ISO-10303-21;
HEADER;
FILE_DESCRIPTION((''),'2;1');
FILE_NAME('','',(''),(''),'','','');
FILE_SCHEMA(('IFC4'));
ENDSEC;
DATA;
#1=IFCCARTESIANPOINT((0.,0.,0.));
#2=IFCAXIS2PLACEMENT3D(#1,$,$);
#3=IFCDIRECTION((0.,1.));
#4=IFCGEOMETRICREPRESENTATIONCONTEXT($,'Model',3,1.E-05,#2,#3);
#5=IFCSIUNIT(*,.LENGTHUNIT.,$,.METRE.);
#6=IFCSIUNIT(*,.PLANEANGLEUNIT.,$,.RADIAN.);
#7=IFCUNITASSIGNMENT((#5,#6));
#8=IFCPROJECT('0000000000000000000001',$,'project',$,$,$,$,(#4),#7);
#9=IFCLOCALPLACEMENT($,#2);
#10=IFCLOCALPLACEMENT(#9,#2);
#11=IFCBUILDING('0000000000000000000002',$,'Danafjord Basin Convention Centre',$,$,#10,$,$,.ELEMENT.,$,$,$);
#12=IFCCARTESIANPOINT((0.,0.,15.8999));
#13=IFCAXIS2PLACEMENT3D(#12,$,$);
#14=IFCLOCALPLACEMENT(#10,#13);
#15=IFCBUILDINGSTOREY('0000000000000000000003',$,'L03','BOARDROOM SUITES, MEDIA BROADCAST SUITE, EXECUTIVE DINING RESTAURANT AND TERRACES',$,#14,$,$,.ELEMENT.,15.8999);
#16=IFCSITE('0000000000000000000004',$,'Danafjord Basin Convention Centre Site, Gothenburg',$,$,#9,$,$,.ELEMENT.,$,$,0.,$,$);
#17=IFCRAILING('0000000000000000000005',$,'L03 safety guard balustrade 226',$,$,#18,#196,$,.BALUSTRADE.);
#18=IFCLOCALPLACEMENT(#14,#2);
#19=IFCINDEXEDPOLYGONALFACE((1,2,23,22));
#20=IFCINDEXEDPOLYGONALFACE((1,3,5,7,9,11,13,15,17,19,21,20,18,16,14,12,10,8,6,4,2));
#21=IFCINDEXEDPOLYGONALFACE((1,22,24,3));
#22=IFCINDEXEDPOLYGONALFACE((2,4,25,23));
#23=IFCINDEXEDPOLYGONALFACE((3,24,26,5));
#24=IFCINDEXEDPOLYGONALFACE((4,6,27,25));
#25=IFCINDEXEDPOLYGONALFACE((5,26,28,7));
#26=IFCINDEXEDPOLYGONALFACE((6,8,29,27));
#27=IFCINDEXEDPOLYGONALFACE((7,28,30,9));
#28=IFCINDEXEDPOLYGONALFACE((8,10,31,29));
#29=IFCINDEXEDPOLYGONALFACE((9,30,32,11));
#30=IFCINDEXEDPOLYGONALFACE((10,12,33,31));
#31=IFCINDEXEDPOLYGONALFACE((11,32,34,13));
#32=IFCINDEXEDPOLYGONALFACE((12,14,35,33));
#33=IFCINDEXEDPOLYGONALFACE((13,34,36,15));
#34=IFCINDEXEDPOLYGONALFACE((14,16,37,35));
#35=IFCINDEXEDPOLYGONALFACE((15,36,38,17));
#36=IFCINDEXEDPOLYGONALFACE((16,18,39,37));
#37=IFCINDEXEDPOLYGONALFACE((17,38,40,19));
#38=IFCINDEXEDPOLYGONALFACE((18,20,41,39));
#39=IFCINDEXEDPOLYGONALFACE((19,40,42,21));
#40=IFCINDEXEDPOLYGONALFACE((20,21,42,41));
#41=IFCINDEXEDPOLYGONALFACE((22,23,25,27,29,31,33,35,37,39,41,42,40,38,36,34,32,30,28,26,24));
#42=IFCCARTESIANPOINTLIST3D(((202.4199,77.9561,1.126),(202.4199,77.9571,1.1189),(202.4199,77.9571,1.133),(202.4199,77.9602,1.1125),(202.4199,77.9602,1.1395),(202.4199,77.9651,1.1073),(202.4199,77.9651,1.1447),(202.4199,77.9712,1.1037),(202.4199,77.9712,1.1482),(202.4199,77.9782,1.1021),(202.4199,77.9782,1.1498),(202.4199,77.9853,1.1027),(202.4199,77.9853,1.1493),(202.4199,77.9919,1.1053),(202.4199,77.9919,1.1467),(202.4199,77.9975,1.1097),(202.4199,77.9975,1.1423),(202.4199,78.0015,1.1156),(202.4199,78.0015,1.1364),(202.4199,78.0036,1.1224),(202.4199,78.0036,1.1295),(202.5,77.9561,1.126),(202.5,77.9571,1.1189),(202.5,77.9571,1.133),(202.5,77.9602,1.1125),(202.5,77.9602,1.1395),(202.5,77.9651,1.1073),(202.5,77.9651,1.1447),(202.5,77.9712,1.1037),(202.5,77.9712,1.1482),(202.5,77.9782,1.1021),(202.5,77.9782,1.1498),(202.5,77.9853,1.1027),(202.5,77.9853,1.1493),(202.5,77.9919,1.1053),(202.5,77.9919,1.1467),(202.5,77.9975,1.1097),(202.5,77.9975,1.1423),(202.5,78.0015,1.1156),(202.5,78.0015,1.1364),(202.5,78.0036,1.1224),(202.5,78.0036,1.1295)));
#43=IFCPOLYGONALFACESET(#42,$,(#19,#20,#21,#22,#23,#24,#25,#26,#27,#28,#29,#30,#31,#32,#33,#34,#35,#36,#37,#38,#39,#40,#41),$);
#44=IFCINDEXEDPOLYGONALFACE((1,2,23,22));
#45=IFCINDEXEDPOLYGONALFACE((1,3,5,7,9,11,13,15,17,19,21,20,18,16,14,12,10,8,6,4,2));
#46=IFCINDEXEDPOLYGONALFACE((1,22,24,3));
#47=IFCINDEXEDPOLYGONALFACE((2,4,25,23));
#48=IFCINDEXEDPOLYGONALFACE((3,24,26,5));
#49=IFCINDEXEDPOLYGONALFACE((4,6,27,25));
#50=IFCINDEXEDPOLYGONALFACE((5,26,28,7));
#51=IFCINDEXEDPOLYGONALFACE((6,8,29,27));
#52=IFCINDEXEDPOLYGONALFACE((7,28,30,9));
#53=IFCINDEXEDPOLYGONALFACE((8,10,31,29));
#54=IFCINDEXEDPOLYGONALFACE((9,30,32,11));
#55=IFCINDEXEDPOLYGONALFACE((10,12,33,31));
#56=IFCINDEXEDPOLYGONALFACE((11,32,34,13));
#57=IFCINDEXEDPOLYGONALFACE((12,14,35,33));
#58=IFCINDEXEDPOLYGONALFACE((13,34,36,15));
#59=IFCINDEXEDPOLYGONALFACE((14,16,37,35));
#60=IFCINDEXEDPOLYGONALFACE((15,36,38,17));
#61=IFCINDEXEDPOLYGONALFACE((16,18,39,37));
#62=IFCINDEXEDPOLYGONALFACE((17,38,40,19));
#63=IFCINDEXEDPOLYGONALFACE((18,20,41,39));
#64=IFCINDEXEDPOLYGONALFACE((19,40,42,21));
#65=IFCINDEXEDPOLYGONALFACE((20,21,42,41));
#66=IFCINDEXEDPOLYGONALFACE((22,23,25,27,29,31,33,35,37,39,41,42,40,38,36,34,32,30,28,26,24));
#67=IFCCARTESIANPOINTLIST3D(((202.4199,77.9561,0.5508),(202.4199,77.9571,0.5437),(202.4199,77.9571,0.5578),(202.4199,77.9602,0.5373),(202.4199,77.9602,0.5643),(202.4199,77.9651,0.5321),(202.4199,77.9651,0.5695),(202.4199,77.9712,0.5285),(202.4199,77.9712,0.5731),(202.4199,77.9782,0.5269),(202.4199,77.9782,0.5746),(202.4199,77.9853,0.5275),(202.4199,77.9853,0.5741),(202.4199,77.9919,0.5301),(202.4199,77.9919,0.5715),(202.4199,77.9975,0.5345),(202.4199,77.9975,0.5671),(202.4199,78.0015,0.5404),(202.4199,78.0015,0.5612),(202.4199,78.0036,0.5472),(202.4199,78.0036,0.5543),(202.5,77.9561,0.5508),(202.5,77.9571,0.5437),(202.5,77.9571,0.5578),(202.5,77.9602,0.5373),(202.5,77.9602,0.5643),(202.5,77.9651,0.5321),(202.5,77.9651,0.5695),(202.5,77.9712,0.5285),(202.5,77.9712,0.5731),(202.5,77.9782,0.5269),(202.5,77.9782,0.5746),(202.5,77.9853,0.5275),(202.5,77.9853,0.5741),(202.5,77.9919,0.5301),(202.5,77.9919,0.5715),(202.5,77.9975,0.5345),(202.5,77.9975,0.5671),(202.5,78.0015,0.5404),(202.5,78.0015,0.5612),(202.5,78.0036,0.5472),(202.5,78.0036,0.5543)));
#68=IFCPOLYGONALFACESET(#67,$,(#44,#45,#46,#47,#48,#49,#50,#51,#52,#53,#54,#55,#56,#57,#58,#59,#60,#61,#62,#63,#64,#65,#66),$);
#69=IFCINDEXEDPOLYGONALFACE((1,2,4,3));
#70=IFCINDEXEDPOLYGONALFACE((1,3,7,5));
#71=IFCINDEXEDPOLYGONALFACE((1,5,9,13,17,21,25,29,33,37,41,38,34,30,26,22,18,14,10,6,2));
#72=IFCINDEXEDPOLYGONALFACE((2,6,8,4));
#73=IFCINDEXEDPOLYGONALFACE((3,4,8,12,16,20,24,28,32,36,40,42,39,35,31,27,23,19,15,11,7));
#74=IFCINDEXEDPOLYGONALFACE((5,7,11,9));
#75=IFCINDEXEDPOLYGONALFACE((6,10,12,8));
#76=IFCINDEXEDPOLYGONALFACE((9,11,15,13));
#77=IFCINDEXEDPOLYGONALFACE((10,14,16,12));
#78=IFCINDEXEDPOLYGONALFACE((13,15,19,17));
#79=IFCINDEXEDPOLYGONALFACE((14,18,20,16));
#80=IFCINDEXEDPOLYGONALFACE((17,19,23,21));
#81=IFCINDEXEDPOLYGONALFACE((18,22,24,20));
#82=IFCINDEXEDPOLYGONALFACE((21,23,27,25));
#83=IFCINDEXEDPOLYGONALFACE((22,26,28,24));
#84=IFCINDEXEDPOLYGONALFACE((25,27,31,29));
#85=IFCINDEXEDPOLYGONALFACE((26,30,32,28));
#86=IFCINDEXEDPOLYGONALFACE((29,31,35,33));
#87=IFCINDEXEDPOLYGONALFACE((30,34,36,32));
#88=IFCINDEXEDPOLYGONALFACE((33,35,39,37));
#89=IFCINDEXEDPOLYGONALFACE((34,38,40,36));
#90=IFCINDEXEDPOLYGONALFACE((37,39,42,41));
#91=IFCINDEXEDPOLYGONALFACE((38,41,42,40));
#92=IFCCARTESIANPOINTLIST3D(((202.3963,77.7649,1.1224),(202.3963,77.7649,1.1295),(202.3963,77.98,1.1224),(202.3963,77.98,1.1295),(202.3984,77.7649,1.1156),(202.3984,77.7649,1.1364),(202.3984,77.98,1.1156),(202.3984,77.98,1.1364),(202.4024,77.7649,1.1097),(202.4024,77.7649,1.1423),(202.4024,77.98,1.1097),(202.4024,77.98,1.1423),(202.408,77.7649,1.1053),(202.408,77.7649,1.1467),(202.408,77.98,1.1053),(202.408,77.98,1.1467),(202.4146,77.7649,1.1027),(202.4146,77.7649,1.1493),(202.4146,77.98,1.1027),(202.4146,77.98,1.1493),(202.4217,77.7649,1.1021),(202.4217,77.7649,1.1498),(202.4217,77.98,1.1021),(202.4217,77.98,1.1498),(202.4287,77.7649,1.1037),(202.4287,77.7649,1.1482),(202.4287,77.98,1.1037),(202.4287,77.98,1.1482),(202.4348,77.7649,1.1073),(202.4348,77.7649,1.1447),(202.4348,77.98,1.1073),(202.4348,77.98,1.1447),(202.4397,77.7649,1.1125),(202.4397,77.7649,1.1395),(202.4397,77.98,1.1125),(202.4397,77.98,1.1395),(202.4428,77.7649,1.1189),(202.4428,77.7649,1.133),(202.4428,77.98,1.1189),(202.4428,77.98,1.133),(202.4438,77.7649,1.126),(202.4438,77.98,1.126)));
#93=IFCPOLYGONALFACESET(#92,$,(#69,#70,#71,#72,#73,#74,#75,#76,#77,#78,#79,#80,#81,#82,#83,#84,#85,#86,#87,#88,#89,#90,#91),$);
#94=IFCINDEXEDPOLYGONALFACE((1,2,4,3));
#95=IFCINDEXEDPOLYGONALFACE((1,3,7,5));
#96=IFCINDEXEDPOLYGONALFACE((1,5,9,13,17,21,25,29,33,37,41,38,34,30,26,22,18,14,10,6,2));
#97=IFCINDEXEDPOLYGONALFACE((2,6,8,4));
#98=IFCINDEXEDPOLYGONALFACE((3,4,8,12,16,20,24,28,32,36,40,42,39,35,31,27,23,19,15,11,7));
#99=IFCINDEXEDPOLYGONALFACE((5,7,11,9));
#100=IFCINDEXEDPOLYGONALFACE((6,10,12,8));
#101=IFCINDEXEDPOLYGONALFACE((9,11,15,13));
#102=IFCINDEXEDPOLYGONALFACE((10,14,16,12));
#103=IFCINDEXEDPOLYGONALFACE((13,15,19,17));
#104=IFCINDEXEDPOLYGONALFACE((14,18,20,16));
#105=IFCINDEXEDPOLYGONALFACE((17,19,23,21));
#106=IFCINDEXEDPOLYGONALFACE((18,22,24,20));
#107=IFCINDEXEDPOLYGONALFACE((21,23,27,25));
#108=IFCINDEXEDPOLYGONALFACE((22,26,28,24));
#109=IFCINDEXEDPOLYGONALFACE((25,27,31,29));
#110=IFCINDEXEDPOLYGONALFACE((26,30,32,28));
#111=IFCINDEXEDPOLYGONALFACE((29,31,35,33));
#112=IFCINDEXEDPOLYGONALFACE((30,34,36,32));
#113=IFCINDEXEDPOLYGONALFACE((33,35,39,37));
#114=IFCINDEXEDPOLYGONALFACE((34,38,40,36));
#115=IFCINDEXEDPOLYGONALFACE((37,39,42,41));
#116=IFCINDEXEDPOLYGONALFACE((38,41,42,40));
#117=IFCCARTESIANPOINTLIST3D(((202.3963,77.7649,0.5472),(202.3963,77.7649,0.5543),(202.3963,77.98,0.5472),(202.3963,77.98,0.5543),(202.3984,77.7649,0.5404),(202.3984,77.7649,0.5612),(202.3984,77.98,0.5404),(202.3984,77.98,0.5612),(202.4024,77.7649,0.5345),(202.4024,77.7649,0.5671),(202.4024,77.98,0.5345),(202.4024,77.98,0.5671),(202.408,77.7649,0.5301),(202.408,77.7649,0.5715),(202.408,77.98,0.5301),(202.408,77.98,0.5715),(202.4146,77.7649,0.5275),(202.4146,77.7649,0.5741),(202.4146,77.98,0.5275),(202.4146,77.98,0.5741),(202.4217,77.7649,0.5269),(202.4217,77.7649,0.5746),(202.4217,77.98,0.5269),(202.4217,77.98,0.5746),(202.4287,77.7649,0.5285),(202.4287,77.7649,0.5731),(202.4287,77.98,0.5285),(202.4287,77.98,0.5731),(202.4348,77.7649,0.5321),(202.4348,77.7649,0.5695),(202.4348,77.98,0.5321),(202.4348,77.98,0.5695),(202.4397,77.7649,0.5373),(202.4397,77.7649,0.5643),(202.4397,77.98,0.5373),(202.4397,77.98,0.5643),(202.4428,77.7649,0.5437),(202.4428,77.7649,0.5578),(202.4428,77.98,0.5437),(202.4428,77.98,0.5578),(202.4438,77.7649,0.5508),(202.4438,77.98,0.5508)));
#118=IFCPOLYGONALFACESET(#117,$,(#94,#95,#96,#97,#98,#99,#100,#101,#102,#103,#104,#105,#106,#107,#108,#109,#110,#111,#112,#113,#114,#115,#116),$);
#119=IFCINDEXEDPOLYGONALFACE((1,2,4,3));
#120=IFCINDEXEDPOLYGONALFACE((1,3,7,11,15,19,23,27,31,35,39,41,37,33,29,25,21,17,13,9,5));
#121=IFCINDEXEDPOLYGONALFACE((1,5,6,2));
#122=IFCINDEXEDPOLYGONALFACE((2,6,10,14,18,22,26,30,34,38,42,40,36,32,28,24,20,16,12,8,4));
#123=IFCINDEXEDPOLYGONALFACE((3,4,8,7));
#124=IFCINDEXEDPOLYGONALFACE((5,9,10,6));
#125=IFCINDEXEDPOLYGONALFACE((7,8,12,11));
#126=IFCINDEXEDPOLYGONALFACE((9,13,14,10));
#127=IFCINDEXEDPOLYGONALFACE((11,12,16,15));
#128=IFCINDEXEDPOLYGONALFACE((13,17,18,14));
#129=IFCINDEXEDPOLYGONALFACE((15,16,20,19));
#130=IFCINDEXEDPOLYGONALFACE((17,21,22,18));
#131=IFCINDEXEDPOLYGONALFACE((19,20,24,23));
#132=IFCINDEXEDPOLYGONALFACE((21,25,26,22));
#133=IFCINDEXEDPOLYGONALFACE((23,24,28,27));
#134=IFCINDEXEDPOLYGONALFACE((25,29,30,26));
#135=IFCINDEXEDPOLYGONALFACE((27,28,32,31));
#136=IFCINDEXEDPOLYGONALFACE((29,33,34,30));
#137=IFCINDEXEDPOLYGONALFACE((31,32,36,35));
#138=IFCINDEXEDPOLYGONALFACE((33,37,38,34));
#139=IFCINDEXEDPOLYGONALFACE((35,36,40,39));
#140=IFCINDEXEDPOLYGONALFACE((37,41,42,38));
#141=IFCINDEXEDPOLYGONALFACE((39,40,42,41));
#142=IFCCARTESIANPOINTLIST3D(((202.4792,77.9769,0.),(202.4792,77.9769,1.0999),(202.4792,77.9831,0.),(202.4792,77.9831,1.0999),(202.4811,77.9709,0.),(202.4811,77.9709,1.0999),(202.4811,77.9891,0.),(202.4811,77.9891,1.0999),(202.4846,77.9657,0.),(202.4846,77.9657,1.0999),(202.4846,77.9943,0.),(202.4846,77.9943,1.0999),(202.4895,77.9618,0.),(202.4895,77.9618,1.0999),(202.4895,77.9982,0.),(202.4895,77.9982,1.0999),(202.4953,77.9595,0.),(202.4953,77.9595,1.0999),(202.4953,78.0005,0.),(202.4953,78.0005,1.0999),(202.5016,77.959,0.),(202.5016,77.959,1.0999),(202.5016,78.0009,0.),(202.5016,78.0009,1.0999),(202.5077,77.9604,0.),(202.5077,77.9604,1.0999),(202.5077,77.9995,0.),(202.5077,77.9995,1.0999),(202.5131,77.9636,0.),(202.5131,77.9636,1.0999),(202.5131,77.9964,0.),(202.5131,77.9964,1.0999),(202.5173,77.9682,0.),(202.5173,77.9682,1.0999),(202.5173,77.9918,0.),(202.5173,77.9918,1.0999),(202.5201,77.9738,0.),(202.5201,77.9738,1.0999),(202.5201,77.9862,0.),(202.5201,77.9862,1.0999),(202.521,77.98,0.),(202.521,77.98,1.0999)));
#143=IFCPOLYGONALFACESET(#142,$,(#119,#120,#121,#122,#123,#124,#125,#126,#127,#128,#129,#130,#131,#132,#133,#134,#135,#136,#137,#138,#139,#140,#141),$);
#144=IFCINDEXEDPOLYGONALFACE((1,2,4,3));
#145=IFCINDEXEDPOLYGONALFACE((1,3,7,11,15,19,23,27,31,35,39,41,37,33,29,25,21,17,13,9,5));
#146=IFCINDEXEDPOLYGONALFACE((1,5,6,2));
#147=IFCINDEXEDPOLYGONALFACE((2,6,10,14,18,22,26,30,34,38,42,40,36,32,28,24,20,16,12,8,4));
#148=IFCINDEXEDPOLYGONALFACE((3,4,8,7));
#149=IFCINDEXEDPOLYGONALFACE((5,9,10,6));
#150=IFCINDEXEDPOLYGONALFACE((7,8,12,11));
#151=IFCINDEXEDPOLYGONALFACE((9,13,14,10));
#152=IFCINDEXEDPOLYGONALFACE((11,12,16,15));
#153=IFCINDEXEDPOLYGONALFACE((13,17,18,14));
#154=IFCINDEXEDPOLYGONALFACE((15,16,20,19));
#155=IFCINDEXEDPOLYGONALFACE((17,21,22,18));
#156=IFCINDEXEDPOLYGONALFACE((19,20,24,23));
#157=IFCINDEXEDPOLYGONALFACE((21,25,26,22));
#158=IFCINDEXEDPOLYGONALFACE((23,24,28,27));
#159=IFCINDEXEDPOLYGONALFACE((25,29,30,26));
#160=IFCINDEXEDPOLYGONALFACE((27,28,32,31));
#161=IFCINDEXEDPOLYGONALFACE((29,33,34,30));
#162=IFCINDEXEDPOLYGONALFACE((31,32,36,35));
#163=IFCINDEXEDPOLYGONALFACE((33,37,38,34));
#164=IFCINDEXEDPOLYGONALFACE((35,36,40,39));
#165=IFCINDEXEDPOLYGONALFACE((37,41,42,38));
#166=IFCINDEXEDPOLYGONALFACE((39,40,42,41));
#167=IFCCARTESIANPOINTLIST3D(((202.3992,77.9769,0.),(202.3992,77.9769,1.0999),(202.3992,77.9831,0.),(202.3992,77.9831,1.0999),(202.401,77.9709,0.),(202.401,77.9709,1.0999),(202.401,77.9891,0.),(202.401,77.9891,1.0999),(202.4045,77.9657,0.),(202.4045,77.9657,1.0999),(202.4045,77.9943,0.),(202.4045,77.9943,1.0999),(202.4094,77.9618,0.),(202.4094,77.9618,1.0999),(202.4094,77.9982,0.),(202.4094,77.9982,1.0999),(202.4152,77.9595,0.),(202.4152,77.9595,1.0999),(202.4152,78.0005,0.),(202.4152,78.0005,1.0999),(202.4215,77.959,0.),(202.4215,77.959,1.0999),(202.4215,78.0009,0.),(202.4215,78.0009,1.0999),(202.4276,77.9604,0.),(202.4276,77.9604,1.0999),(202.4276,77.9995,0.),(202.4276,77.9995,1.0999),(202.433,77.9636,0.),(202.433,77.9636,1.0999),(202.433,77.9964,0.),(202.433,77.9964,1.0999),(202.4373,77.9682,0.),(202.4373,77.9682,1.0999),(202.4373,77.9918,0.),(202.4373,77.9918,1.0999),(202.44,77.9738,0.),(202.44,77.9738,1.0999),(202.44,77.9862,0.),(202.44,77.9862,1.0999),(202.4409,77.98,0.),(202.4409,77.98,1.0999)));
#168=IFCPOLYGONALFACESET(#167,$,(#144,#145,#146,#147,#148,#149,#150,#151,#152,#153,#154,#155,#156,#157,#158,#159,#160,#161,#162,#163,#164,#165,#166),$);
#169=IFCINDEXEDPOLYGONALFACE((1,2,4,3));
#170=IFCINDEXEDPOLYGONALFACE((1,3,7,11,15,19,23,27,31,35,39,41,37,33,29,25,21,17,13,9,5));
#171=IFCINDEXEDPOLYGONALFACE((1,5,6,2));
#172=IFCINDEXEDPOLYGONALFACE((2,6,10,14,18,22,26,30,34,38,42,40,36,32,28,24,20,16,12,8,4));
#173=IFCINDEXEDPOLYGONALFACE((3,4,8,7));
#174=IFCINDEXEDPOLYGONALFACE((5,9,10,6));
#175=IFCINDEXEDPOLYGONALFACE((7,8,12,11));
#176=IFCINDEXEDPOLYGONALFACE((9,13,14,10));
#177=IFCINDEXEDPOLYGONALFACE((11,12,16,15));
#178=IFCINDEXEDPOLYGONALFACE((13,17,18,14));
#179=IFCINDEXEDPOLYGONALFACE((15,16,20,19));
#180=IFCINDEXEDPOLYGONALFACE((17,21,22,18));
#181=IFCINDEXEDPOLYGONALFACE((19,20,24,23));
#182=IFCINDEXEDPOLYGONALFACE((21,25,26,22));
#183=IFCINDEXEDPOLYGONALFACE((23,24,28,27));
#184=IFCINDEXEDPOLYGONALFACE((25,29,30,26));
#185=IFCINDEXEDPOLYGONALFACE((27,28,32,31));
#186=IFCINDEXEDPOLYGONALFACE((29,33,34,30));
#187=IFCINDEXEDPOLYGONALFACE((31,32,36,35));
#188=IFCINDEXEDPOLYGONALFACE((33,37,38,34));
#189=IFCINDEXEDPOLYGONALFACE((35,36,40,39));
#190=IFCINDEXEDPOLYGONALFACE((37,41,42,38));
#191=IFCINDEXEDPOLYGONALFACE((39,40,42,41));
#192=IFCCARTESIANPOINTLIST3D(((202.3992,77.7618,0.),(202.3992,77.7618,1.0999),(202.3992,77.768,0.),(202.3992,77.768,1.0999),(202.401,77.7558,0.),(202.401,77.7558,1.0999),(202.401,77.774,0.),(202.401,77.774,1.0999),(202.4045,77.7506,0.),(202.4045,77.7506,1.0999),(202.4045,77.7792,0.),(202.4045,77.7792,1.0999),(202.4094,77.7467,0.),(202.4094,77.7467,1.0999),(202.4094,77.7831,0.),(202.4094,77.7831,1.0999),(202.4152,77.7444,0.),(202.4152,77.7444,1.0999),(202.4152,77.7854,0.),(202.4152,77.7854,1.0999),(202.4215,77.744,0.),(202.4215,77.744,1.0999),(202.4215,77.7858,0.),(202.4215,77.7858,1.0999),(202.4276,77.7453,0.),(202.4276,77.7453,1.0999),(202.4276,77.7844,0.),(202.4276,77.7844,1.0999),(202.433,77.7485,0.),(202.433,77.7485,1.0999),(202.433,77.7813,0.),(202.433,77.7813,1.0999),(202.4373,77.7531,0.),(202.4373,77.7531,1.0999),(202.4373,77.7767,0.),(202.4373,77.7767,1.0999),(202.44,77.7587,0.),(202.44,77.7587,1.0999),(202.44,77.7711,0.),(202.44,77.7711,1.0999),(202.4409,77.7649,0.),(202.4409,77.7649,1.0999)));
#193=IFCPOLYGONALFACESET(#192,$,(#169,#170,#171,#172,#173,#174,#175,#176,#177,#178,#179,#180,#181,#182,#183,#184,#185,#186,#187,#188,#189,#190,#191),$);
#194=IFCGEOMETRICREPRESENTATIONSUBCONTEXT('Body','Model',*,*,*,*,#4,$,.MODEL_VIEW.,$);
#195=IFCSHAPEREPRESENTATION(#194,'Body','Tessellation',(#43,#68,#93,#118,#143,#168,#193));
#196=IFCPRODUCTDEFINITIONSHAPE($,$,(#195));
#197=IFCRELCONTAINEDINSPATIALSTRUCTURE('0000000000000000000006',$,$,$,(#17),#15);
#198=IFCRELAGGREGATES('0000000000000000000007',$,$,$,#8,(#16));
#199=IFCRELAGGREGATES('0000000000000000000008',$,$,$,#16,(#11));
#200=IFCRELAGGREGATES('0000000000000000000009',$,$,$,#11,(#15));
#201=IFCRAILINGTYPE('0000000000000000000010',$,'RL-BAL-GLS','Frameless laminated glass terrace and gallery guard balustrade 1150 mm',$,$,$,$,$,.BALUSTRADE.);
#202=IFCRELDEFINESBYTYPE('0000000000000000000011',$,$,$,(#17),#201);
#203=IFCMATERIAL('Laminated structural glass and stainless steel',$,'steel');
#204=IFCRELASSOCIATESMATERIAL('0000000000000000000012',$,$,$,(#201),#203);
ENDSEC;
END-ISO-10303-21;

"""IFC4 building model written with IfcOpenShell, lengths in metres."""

from ifc_helpers import new_model, si_unit, direction, frame, origin, origin_2d, place, context, subcontext, project, spatial, circle, extrude, material, type_object, element, save


model = new_model("IFC4")

# Units and contexts
model_context = context("Model", 3, precision=1e-05, world=origin(), true_north=direction((0.0, 1.0)))
body_context = subcontext(model_context, "Body", "Model", "MODEL_VIEW")
ifc_project = project(units=[si_unit("LENGTHUNIT", "METRE"), si_unit("PLANEANGLEUNIT", "RADIAN")], contexts=[model_context])

# Site, building, storey
site_placement = place(None, origin())
site = spatial("IfcSite", under=ifc_project, at=site_placement, Name="Danafjord Basin Convention Centre Site, Gothenburg", CompositionType="ELEMENT", RefElevation=0.0)
building_placement = place(site_placement, origin())
building = spatial("IfcBuilding", under=site, at=building_placement, Name="Danafjord Basin Convention Centre", CompositionType="ELEMENT")
storey_placement = place(building_placement, frame((0.0, 0.0, 15.8999)))
storey = spatial("IfcBuildingStorey", under=building, at=storey_placement, Name="L03", Description="BOARDROOM SUITES, MEDIA BROADCAST SUITE, EXECUTIVE DINING RESTAURANT AND TERRACES", CompositionType="ELEMENT", Elevation=15.8999)

# Railing
ifc_material_1 = material(Name="Laminated structural glass and stainless steel", Category="steel")
railing_type_1 = type_object("IfcRailingType", Name="RL-BAL-GLS", Description="Frameless laminated glass terrace and gallery guard balustrade 1150 mm", PredefinedType="BALUSTRADE", material=ifc_material_1)
railing_1_placement = place(storey_placement, frame((202.5, 77.98, 0.0)))
element("IfcRailing", 1, at=railing_1_placement, inside=storey, type_object=railing_type_1, Name="L03 safety guard balustrade 226", PredefinedType="BALUSTRADE", context=body_context, shape_type="SweptSolid", body=[
    extrude(circle(Radius=0.0239, at=origin_2d()), frame((0.0, 0.0, 1.126), z_axis=(-1.0, 0.0, 0.0), x_axis=(0.0, -1.0, 0.0)), (0.0, 0.0, 1.0), 0.0801),
    extrude(circle(Radius=0.0239, at=origin_2d()), frame((0.0, 0.0, 0.5508), z_axis=(-1.0, 0.0, 0.0), x_axis=(0.0, -1.0, 0.0)), (0.0, 0.0, 1.0), 0.0801),
    extrude(circle(Radius=0.0239, at=origin_2d()), frame((-0.0801, 0.0, 1.126), z_axis=(0.0, -1.0, 0.0), x_axis=(1.0, 0.0, 0.0)), (0.0, 0.0, 1.0), 0.2151),
    extrude(circle(Radius=0.0239, at=origin_2d()), frame((-0.0801, 0.0, 0.5508), z_axis=(0.0, -1.0, 0.0), x_axis=(1.0, 0.0, 0.0)), (0.0, 0.0, 1.0), 0.2151),
    extrude(circle(Radius=0.021, at=origin_2d()), origin(), (0.0, 0.0, 1.0), 1.0999),
    extrude(circle(Radius=0.021, at=origin_2d()), frame((-0.0801, 0.0, 0.0)), (0.0, 0.0, 1.0), 1.0999),
    extrude(circle(Radius=0.021, at=origin_2d()), frame((-0.0801, -0.2151, 0.0)), (0.0, 0.0, 1.0), 1.0999),
])

save(model, "model.ifc")
